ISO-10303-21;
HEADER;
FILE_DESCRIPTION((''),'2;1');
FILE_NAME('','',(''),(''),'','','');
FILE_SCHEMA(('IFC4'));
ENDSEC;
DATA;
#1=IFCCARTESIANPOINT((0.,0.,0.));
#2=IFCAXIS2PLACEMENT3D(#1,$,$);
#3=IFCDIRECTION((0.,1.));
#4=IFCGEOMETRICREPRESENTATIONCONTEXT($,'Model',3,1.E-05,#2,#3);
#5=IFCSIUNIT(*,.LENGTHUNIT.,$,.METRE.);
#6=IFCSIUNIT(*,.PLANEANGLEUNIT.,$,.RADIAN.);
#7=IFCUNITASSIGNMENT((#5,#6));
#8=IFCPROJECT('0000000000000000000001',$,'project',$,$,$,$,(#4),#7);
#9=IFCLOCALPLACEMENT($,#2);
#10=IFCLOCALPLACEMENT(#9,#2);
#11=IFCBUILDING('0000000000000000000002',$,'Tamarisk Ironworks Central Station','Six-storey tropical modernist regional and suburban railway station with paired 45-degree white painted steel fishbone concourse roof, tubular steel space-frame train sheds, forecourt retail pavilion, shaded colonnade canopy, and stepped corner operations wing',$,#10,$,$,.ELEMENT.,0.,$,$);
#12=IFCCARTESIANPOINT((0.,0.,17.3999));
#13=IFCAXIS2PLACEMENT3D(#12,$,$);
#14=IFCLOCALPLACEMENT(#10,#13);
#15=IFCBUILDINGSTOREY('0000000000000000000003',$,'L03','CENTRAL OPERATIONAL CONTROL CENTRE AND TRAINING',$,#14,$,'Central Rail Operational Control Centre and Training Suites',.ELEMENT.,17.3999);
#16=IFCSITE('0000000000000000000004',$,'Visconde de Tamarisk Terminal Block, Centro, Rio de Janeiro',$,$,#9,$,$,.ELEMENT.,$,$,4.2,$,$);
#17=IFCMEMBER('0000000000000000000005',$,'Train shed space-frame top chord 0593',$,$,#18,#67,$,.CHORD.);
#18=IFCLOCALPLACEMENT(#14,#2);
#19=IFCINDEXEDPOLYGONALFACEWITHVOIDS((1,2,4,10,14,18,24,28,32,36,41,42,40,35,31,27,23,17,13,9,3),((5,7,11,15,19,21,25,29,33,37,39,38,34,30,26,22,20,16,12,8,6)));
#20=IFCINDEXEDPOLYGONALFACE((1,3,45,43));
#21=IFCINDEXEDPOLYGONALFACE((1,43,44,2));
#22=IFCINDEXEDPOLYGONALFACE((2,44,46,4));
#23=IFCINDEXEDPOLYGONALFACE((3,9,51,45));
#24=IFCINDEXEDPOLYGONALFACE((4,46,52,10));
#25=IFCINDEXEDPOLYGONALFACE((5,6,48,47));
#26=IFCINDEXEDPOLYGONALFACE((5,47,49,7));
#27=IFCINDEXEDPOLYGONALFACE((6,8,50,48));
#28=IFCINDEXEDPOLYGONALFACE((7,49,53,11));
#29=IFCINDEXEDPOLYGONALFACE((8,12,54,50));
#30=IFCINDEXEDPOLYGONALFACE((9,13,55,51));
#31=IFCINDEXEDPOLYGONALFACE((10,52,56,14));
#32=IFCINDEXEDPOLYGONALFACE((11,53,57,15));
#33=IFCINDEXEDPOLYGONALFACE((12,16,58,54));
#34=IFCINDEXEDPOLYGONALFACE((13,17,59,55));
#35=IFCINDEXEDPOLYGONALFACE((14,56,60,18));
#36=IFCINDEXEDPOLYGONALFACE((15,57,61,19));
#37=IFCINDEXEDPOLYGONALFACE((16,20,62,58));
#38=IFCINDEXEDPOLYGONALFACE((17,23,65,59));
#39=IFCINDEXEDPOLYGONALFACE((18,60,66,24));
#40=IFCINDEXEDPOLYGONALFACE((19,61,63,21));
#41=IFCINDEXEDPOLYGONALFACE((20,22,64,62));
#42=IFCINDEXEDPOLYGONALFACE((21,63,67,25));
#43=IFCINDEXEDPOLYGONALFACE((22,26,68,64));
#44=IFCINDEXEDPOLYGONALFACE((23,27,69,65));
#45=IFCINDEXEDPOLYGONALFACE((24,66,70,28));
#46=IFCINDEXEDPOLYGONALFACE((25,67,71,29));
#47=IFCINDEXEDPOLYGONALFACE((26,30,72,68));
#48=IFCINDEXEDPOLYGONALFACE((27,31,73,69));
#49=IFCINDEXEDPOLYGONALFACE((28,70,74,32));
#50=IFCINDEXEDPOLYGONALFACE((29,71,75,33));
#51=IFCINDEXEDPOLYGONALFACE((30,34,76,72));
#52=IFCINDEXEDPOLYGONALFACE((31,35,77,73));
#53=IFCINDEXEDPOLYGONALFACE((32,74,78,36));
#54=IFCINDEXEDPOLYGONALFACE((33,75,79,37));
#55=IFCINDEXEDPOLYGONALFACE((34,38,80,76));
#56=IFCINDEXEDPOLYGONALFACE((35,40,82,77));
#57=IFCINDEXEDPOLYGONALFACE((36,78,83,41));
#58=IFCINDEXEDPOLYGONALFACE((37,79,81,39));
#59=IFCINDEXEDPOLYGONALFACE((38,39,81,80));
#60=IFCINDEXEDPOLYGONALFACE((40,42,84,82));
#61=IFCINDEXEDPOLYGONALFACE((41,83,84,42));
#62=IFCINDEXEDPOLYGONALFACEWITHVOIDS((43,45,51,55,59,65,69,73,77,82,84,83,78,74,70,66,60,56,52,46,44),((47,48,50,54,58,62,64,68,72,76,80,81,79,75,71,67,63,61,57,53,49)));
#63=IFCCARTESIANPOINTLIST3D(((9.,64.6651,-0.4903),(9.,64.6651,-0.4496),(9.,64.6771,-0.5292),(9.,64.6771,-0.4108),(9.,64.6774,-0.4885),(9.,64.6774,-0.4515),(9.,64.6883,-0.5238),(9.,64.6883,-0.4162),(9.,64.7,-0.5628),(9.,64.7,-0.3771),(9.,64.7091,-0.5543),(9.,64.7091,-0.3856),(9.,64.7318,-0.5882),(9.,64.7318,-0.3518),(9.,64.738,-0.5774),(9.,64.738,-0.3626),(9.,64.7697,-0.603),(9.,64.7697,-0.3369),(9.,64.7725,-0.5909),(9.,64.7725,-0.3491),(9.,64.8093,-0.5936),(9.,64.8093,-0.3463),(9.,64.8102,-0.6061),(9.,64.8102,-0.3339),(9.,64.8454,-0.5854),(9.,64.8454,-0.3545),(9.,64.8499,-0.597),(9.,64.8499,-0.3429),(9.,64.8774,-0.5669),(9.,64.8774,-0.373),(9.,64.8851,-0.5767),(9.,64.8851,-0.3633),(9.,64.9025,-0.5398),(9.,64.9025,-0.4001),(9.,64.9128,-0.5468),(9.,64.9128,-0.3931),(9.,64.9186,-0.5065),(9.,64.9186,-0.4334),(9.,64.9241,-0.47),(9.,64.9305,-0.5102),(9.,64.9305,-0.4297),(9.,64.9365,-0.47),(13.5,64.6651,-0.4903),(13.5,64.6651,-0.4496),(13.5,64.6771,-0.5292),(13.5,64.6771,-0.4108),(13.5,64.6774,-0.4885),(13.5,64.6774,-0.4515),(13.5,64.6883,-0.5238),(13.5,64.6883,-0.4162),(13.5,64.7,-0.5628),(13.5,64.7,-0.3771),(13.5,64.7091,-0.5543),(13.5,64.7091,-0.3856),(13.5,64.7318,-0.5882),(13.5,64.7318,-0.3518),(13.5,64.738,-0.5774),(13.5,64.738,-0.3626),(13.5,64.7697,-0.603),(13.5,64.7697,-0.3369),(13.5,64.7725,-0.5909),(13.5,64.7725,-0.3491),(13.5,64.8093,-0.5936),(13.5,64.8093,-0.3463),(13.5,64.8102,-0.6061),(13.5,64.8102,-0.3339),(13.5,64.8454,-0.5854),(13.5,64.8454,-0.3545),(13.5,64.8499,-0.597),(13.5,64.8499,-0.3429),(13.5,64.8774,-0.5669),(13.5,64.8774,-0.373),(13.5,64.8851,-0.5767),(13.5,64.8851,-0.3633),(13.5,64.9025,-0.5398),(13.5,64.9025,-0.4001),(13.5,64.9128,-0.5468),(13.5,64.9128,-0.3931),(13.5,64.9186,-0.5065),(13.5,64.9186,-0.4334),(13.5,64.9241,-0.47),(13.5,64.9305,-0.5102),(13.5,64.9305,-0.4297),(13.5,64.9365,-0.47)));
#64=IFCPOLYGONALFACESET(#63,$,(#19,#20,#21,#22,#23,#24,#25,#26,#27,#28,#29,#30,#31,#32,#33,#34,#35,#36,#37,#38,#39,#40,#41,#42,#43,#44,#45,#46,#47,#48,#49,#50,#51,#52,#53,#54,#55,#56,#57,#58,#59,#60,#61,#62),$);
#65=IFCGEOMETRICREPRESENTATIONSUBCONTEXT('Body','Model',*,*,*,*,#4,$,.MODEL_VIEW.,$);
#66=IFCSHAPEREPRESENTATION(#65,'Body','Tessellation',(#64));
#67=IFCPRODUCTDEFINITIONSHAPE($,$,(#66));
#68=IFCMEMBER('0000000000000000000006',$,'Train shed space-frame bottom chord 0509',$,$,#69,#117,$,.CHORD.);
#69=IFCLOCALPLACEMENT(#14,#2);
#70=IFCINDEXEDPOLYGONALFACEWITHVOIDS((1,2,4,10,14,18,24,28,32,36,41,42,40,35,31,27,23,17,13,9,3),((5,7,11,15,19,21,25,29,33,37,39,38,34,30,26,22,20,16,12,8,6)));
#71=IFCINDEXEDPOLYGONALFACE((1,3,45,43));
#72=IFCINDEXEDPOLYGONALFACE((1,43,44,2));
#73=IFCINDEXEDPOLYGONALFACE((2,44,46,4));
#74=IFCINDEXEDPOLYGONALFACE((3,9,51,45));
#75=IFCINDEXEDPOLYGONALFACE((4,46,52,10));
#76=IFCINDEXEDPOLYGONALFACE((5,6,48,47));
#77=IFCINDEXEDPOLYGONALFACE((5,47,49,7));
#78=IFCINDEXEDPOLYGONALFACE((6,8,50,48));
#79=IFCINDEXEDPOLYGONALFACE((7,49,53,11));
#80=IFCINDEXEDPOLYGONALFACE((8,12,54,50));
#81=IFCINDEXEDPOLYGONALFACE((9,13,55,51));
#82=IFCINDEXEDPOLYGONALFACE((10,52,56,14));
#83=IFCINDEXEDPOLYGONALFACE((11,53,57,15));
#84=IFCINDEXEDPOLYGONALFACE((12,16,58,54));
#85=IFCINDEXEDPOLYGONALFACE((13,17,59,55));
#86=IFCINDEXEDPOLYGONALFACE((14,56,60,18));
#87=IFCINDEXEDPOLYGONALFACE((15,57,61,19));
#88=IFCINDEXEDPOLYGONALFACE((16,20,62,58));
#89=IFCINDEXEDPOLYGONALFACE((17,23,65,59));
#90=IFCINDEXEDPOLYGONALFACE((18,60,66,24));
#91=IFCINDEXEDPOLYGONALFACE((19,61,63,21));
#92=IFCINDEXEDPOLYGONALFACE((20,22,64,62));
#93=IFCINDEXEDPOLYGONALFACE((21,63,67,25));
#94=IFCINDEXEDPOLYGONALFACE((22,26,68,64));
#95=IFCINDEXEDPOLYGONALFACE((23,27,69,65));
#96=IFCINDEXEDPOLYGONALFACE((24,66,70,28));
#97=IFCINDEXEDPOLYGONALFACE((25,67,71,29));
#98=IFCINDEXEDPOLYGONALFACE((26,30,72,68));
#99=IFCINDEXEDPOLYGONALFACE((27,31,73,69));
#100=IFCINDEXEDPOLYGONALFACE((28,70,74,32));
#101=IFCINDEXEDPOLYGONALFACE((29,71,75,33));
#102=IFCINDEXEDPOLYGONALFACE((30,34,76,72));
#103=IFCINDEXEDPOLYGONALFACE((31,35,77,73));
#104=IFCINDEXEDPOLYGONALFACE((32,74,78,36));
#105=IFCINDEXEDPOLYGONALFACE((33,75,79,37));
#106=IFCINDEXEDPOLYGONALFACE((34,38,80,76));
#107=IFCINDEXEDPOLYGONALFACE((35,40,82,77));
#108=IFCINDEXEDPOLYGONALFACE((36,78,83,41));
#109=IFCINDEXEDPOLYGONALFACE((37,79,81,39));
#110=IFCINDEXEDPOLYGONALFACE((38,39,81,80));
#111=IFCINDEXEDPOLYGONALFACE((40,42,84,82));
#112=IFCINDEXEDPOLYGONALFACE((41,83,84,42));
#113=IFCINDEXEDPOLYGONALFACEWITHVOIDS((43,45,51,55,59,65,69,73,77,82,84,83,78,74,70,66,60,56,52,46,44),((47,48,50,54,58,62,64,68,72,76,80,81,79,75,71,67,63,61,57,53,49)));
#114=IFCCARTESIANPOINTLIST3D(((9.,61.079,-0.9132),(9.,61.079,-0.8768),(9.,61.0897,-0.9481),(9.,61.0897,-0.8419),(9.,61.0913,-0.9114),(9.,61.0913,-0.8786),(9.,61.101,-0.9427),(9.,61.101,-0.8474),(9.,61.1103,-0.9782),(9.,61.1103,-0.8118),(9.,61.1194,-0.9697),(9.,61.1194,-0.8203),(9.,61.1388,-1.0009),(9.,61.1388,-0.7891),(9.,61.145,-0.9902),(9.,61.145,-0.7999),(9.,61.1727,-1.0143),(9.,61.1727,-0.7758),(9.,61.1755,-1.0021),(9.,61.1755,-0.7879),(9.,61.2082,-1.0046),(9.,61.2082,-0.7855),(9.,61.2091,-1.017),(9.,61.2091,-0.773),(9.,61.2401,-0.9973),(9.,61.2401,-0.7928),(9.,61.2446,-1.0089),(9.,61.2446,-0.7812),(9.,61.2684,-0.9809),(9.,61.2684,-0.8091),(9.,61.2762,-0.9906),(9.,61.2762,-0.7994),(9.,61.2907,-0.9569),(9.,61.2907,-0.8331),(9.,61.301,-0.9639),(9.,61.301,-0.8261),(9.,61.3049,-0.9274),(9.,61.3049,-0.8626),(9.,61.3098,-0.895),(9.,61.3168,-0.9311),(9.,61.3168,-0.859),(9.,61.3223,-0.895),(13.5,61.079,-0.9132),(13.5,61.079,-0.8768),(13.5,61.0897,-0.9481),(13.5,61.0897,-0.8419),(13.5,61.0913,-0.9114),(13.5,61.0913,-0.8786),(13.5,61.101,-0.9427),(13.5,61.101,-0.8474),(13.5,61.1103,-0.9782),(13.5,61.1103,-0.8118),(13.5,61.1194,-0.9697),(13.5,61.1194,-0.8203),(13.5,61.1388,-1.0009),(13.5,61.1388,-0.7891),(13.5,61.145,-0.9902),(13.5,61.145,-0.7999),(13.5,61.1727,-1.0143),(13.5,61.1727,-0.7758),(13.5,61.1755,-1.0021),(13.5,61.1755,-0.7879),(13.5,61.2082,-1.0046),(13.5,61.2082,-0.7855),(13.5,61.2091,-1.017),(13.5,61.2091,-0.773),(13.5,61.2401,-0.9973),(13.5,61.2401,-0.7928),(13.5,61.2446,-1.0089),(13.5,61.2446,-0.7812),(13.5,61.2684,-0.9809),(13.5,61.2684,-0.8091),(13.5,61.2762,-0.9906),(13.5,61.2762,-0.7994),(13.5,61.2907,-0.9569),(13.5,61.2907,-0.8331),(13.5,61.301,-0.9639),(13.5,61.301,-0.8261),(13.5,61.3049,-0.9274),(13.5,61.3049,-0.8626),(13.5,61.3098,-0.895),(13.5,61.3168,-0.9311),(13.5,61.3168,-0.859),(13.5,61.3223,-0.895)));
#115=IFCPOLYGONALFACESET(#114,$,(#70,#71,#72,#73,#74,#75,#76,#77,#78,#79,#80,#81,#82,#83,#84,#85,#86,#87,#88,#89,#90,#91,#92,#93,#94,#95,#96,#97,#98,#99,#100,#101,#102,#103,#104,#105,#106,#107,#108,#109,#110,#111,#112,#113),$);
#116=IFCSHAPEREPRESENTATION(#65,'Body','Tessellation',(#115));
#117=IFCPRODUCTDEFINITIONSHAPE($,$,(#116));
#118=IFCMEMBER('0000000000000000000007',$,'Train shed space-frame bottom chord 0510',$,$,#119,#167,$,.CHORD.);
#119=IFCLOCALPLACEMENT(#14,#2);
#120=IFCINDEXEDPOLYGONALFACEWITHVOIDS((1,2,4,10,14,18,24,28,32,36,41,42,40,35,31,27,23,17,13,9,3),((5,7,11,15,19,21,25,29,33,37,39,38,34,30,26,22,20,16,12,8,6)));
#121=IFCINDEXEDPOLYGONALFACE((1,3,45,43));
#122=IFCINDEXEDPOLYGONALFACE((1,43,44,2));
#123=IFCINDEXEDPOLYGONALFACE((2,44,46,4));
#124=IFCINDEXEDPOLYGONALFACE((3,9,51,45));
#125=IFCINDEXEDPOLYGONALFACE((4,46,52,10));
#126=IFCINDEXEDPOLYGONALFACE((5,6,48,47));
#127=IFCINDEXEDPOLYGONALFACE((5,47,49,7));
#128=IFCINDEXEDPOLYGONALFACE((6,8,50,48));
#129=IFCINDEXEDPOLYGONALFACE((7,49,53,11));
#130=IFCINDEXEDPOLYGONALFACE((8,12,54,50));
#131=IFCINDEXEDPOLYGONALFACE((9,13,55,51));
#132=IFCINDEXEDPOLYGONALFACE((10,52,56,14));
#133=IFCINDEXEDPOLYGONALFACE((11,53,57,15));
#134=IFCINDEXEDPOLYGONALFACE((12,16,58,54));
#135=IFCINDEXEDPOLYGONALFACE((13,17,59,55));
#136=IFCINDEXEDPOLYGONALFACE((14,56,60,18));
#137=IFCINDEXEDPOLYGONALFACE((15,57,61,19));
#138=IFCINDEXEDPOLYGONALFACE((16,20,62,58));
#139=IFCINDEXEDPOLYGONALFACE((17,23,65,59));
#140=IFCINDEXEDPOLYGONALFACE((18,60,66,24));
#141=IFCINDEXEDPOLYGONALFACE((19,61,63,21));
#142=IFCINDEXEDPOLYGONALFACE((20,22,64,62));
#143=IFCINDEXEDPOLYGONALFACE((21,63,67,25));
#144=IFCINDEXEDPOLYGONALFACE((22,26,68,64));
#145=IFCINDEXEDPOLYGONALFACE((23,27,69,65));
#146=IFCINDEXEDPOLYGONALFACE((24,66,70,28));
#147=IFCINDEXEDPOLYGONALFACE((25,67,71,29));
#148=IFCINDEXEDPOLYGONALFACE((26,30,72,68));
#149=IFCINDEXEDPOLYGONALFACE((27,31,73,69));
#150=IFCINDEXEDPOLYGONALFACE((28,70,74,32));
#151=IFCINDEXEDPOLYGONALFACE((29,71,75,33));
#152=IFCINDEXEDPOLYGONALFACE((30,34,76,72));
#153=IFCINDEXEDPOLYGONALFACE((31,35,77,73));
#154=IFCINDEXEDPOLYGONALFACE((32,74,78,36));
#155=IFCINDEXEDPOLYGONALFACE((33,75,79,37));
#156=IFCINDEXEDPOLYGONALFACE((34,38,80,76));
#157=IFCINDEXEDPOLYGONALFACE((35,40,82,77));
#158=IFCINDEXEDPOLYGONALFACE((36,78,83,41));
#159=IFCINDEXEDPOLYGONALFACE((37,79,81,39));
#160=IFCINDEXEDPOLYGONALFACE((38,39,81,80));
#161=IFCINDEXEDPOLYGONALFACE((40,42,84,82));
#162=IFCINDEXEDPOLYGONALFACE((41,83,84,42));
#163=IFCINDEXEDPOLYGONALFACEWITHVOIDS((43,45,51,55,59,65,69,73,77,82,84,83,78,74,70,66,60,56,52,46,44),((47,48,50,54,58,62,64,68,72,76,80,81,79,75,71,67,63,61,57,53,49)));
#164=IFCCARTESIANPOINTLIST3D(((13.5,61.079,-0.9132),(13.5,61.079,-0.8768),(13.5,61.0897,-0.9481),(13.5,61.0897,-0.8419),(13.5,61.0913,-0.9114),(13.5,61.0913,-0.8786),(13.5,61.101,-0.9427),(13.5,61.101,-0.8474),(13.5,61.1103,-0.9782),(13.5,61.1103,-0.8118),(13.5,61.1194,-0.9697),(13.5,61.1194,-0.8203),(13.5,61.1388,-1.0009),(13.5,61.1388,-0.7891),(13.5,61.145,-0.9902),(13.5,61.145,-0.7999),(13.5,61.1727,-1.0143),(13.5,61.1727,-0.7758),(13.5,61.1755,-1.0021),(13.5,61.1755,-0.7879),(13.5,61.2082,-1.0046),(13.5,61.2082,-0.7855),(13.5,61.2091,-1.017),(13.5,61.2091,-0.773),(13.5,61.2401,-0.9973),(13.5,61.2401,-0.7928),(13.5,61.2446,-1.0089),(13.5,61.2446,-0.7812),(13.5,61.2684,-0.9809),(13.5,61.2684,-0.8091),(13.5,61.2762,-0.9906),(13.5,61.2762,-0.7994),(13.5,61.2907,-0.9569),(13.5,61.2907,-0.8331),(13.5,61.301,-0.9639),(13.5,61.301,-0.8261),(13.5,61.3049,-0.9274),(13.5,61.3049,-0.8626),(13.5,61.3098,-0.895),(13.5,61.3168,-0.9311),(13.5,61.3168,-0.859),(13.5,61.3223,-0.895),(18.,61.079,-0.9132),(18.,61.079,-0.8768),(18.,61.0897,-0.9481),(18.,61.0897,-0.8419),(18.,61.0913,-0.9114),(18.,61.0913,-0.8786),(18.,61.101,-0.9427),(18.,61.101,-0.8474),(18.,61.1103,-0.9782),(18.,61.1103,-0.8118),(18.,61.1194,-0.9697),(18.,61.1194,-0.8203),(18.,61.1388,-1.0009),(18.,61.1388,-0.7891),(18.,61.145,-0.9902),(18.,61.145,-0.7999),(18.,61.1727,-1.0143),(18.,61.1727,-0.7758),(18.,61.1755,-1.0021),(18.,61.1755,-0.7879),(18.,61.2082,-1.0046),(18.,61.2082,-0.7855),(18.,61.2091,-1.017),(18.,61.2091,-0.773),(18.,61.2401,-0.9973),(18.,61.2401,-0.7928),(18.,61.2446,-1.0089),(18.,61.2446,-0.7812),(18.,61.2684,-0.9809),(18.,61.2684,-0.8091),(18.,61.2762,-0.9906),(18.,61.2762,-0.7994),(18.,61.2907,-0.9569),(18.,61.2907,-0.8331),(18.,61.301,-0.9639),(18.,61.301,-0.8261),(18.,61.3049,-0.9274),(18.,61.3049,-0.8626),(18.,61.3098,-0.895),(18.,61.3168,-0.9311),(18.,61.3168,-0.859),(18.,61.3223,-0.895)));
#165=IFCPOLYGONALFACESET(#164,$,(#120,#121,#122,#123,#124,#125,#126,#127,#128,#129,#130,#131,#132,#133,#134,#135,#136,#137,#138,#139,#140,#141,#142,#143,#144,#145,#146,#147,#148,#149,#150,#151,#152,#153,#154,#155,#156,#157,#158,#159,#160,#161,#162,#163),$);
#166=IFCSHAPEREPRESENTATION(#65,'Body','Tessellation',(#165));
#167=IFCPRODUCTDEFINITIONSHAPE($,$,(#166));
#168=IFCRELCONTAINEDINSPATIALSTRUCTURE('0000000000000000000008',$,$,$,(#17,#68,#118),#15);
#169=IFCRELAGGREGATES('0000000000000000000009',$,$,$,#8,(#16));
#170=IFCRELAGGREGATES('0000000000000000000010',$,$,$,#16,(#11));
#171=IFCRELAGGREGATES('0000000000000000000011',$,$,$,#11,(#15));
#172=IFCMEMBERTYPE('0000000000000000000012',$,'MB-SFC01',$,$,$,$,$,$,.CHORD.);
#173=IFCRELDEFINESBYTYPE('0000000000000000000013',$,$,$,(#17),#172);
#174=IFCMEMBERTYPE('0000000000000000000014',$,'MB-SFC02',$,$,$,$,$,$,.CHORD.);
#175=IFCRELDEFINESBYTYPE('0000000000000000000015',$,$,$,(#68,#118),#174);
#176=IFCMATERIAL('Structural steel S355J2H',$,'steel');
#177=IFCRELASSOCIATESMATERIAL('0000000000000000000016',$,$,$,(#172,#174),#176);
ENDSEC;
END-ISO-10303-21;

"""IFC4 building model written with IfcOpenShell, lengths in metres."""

from ifc_helpers import new_model, si_unit, direction, frame, origin, origin_2d, place, context, subcontext, project, spatial, hollow_circle, extrude, material, material_profile, profile_set, type_object, element, save


model = new_model("IFC4")

# Units and contexts
model_context = context("Model", 3, precision=1e-05, world=origin(), true_north=direction((0.0, 1.0)))
body_context = subcontext(model_context, "Body", "Model", "MODEL_VIEW")
ifc_project = project(units=[si_unit("LENGTHUNIT", "METRE"), si_unit("PLANEANGLEUNIT", "RADIAN")], contexts=[model_context])

# Site, building, storey
site_placement = place(None, origin())
site = spatial("IfcSite", under=ifc_project, at=site_placement, Name="Visconde de Tamarisk Terminal Block, Centro, Rio de Janeiro", CompositionType="ELEMENT", RefElevation=4.2)
building_placement = place(site_placement, origin())
building = spatial("IfcBuilding", under=site, at=building_placement, Name="Tamarisk Ironworks Central Station", Description="Six-storey tropical modernist regional and suburban railway station with paired 45-degree white painted steel fishbone concourse roof, tubular steel space-frame train sheds, forecourt retail pavilion, shaded colonnade canopy, and stepped corner operations wing", CompositionType="ELEMENT", ElevationOfRefHeight=0.0)
storey_placement = place(building_placement, frame((0.0, 0.0, 17.3999)))
storey = spatial("IfcBuildingStorey", under=building, at=storey_placement, Name="L03", Description="CENTRAL OPERATIONAL CONTROL CENTRE AND TRAINING", LongName="Central Rail Operational Control Centre and Training Suites", CompositionType="ELEMENT", Elevation=17.3999)

# Members
ifc_material_1 = material(Name="Structural steel S355J2H", Category="steel")
ifc_material_profile_1 = material_profile(ifc_material_1, hollow_circle(Radius=0.1365, WallThickness=0.0125, at=origin_2d()), Name="CHS 273x12.5")
ifc_profile_set_1 = profile_set([ifc_material_profile_1], Name="Structural steel S355J2H")
member_type_1 = type_object("IfcMemberType", Name="MB-SFC01", PredefinedType="CHORD", material=ifc_profile_set_1)
for number, where, z_axis, x_axis, name in (
    (1, (9.0, 64.8, -0.47), (1.0, 0.0, 0.0), (0.0, 1.0, 0.0), "Train shed space-frame top chord 0593"),
):
    element("IfcMember", number, at=place(storey_placement, frame(where, z_axis=z_axis, x_axis=x_axis)), inside=storey, type_object=member_type_1, Name=name, PredefinedType="CHORD", context=body_context, shape_type="SweptSolid", body=[
        extrude(hollow_circle(Radius=0.1365, WallThickness=0.0125, at=origin_2d()), origin(), (0.0, 0.0, 1.0), 4.5),
    ])
ifc_material_profile_2 = material_profile(ifc_material_1, hollow_circle(Radius=0.1223, WallThickness=0.0125, at=origin_2d()), Name="CHS 244.5x12.5")
ifc_profile_set_2 = profile_set([ifc_material_profile_2], Name="Structural steel S355J2H")
member_type_2 = type_object("IfcMemberType", Name="MB-SFC02", PredefinedType="CHORD", material=ifc_profile_set_2)
for number, where, z_axis, x_axis, name in (
    (2, (9.0, 61.2, -0.895), (1.0, 0.0, 0.0), (0.0, 1.0, 0.0), "Train shed space-frame bottom chord 0509"),
    (3, (13.5, 61.2, -0.895), (1.0, 0.0, 0.0), (0.0, 1.0, 0.0), "Train shed space-frame bottom chord 0510"),
):
    element("IfcMember", number, at=place(storey_placement, frame(where, z_axis=z_axis, x_axis=x_axis)), inside=storey, type_object=member_type_2, Name=name, PredefinedType="CHORD", context=body_context, shape_type="SweptSolid", body=[
        extrude(hollow_circle(Radius=0.1223, WallThickness=0.0125, at=origin_2d()), origin(), (0.0, 0.0, 1.0), 4.5),
    ])

save(model, "model.ifc")
